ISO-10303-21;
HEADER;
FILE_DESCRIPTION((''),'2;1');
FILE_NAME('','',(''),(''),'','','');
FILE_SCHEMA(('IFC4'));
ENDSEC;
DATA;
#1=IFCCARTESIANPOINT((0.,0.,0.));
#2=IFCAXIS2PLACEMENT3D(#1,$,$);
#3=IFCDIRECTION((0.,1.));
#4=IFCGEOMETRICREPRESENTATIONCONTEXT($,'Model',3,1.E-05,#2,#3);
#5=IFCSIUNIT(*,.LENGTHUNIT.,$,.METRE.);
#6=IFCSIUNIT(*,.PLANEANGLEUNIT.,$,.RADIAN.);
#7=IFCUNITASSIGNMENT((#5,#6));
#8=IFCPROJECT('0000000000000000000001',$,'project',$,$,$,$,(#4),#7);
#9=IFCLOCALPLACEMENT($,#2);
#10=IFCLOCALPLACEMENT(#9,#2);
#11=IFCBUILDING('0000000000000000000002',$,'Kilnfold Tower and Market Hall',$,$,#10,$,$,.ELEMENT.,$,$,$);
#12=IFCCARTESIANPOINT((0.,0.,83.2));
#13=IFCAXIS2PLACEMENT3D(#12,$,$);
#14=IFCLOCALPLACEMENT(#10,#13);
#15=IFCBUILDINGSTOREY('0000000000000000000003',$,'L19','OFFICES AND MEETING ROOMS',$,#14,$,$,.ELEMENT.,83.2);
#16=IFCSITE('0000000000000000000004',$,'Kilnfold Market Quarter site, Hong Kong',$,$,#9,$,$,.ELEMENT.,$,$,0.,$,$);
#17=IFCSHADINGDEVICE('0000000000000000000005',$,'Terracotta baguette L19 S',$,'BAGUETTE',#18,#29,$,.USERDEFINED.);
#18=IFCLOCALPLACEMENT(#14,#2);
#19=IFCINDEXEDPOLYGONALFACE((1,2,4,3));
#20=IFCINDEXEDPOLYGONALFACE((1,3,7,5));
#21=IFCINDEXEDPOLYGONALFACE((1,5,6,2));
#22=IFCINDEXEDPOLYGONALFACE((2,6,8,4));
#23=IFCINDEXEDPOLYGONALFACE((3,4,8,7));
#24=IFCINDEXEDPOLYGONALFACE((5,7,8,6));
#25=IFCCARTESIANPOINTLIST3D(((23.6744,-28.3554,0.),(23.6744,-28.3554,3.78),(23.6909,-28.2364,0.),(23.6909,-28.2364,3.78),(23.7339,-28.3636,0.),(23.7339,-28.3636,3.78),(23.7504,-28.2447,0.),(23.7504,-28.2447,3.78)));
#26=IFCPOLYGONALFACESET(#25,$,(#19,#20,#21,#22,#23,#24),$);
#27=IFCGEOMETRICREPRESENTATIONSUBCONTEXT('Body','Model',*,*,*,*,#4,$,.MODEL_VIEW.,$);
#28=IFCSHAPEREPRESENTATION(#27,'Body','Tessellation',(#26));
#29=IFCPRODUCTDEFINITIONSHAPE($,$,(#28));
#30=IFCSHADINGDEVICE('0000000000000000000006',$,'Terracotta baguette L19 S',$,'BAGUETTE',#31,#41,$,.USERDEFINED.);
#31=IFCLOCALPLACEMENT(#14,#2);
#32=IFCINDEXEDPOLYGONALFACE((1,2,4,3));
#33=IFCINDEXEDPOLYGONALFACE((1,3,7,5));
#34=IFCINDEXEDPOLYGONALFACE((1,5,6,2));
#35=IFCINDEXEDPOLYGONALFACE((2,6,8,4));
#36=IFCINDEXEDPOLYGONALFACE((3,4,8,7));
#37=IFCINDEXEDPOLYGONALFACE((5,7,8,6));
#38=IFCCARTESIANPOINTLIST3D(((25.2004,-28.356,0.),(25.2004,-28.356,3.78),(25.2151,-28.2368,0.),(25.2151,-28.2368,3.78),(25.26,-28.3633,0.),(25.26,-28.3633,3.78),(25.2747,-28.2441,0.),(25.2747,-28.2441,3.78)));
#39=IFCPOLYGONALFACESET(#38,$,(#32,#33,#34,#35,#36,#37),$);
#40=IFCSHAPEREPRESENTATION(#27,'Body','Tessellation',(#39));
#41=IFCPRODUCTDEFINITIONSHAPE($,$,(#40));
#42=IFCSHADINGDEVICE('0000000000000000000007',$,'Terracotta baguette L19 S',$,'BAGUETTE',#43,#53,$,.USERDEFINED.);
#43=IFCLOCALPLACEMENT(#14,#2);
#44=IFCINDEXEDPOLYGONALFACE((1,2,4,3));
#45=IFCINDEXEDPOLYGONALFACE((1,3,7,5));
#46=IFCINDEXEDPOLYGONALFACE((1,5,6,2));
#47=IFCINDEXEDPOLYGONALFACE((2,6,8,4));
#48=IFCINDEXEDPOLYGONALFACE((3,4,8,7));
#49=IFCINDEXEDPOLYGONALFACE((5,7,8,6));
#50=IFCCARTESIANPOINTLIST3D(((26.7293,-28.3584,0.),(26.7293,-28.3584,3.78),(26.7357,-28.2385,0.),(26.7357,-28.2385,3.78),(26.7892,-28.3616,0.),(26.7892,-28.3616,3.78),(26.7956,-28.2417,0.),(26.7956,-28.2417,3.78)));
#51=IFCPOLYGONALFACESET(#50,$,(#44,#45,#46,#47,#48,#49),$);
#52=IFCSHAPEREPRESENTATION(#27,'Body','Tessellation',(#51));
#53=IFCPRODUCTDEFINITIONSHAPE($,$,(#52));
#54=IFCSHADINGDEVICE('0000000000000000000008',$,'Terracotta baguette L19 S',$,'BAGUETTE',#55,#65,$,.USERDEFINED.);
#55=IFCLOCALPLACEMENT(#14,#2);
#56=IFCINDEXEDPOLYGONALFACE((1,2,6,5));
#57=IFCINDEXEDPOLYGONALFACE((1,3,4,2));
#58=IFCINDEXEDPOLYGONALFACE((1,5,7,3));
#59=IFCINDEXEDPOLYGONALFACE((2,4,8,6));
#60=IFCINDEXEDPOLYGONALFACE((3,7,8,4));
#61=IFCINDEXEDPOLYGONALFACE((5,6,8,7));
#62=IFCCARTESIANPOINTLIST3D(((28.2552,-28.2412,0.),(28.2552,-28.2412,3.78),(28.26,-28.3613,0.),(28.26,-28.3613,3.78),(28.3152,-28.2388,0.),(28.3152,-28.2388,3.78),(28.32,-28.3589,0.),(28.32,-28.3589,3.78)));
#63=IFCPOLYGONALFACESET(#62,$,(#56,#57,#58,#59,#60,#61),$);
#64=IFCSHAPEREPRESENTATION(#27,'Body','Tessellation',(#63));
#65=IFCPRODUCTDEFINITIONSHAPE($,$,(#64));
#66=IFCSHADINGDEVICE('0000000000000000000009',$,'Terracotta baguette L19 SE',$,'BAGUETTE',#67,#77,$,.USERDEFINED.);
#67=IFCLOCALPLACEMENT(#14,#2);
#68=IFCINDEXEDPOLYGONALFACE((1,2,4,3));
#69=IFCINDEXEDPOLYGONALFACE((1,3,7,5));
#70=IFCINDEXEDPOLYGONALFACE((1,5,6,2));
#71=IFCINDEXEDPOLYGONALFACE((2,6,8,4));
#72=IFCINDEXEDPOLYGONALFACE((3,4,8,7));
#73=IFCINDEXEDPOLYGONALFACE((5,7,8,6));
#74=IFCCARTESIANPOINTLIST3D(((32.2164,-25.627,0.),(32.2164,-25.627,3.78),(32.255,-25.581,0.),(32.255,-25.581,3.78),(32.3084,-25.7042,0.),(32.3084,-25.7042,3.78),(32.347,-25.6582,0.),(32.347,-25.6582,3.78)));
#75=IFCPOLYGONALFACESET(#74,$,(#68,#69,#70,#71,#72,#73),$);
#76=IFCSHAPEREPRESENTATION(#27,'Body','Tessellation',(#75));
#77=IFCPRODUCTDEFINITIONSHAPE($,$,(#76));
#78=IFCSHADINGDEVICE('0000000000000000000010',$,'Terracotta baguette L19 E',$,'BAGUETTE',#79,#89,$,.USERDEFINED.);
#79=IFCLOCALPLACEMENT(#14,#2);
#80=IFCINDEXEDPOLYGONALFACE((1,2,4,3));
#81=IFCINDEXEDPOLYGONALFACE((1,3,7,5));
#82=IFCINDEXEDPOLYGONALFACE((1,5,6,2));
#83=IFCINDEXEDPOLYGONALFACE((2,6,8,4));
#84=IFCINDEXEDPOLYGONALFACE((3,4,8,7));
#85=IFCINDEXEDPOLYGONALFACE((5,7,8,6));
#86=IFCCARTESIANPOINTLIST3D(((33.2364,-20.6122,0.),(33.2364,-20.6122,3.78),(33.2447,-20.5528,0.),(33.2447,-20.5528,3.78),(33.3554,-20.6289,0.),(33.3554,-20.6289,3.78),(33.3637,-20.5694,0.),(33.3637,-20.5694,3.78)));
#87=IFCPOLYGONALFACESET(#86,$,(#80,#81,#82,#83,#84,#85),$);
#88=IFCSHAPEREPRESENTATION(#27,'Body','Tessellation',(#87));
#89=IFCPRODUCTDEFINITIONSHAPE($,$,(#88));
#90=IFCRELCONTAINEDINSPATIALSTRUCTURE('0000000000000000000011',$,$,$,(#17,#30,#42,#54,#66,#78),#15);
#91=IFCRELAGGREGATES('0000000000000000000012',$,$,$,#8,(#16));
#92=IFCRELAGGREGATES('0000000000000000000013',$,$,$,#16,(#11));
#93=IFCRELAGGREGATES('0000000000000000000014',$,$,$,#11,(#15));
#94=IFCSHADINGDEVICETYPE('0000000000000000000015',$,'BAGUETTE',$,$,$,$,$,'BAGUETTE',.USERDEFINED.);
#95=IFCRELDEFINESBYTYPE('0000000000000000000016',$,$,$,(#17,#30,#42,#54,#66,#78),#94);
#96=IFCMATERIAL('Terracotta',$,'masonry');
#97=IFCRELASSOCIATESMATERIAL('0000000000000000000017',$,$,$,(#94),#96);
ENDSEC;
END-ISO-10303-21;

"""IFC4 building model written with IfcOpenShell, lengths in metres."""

from ifc_helpers import new_model, si_unit, direction, frame, origin, origin_2d, place, context, subcontext, project, spatial, rectangle, extrude, source, transform, mapped, material, material_profile, profile_set, type_object, element, save


model = new_model("IFC4")

# Units and contexts
model_context = context("Model", 3, precision=1e-05, world=origin(), true_north=direction((0.0, 1.0)))
body_context = subcontext(model_context, "Body", "Model", "MODEL_VIEW")
ifc_project = project(units=[si_unit("LENGTHUNIT", "METRE"), si_unit("PLANEANGLEUNIT", "RADIAN")], contexts=[model_context])

# Site, building, storey
site_placement = place(None, origin())
site = spatial("IfcSite", under=ifc_project, at=site_placement, Name="Kilnfold Market Quarter site, Hong Kong", CompositionType="ELEMENT", RefElevation=0.0)
building_placement = place(site_placement, origin())
building = spatial("IfcBuilding", under=site, at=building_placement, Name="Kilnfold Tower and Market Hall", CompositionType="ELEMENT")
storey_placement = place(building_placement, frame((0.0, 0.0, 83.2)))
storey = spatial("IfcBuildingStorey", under=building, at=storey_placement, Name="L19", Description="OFFICES AND MEETING ROOMS", CompositionType="ELEMENT", Elevation=83.2)

# Shading devices
ifc_material_1 = material(Name="Terracotta", Category="masonry")
ifc_material_profile_1 = material_profile(ifc_material_1, rectangle(XDim=0.0601, YDim=0.1201, at=origin_2d()), Name="BAG 60x120")
ifc_profile_set_1 = profile_set([ifc_material_profile_1], Name="Terracotta")
shading_device_type = type_object("IfcShadingDeviceType", Name="BAGUETTE", ElementType="BAGUETTE", PredefinedType="USERDEFINED", material=ifc_profile_set_1)
shared_shape_1 = source(origin(), body_context, "Body", "SweptSolid", [
    extrude(rectangle(XDim=0.0601, YDim=0.1201, at=origin_2d()), origin(), (0.0, 0.0, 1.0), 3.78),
])
for number, where, z_axis, x_axis, name in (
    (1, (23.7124, -28.3, 0.0), (0.0, 0.0, 1.0), (0.990618, -0.13666, 0.0), "Terracotta baguette L19 S"),
    (2, (25.2375, -28.3, 0.0), (0.0, 0.0, 1.0), (0.992449, -0.122659, 0.0), "Terracotta baguette L19 S"),
    (3, (26.7625, -28.3, 0.0), (0.0, 0.0, 1.0), (0.998571, -0.053436, 0.0), "Terracotta baguette L19 S"),
    (4, (28.2876, -28.3, 0.0), (0.0, 0.0, 1.0), (0.999195, 0.040116, 0.0), "Terracotta baguette L19 S"),
    (5, (32.2817, -25.6426, 0.0), (0.0, 0.0, 1.0), (0.6428, 0.766034, 0.0), "Terracotta baguette L19 SE"),
    (6, (33.3, -20.5908, 0.0), (0.0, 0.0, 1.0), (0.138494, 0.990363, 0.0), "Terracotta baguette L19 E"),
):
    element("IfcShadingDevice", number, at=place(storey_placement, frame(where, z_axis=z_axis, x_axis=x_axis)), inside=storey, type_object=shading_device_type, Name=name, ObjectType="BAGUETTE", PredefinedType="USERDEFINED", context=body_context, shape_type="MappedRepresentation", body=[
        mapped(shared_shape_1, transform((0.0, 0.0, 0.0))),
    ])

save(model, "model.ifc")
